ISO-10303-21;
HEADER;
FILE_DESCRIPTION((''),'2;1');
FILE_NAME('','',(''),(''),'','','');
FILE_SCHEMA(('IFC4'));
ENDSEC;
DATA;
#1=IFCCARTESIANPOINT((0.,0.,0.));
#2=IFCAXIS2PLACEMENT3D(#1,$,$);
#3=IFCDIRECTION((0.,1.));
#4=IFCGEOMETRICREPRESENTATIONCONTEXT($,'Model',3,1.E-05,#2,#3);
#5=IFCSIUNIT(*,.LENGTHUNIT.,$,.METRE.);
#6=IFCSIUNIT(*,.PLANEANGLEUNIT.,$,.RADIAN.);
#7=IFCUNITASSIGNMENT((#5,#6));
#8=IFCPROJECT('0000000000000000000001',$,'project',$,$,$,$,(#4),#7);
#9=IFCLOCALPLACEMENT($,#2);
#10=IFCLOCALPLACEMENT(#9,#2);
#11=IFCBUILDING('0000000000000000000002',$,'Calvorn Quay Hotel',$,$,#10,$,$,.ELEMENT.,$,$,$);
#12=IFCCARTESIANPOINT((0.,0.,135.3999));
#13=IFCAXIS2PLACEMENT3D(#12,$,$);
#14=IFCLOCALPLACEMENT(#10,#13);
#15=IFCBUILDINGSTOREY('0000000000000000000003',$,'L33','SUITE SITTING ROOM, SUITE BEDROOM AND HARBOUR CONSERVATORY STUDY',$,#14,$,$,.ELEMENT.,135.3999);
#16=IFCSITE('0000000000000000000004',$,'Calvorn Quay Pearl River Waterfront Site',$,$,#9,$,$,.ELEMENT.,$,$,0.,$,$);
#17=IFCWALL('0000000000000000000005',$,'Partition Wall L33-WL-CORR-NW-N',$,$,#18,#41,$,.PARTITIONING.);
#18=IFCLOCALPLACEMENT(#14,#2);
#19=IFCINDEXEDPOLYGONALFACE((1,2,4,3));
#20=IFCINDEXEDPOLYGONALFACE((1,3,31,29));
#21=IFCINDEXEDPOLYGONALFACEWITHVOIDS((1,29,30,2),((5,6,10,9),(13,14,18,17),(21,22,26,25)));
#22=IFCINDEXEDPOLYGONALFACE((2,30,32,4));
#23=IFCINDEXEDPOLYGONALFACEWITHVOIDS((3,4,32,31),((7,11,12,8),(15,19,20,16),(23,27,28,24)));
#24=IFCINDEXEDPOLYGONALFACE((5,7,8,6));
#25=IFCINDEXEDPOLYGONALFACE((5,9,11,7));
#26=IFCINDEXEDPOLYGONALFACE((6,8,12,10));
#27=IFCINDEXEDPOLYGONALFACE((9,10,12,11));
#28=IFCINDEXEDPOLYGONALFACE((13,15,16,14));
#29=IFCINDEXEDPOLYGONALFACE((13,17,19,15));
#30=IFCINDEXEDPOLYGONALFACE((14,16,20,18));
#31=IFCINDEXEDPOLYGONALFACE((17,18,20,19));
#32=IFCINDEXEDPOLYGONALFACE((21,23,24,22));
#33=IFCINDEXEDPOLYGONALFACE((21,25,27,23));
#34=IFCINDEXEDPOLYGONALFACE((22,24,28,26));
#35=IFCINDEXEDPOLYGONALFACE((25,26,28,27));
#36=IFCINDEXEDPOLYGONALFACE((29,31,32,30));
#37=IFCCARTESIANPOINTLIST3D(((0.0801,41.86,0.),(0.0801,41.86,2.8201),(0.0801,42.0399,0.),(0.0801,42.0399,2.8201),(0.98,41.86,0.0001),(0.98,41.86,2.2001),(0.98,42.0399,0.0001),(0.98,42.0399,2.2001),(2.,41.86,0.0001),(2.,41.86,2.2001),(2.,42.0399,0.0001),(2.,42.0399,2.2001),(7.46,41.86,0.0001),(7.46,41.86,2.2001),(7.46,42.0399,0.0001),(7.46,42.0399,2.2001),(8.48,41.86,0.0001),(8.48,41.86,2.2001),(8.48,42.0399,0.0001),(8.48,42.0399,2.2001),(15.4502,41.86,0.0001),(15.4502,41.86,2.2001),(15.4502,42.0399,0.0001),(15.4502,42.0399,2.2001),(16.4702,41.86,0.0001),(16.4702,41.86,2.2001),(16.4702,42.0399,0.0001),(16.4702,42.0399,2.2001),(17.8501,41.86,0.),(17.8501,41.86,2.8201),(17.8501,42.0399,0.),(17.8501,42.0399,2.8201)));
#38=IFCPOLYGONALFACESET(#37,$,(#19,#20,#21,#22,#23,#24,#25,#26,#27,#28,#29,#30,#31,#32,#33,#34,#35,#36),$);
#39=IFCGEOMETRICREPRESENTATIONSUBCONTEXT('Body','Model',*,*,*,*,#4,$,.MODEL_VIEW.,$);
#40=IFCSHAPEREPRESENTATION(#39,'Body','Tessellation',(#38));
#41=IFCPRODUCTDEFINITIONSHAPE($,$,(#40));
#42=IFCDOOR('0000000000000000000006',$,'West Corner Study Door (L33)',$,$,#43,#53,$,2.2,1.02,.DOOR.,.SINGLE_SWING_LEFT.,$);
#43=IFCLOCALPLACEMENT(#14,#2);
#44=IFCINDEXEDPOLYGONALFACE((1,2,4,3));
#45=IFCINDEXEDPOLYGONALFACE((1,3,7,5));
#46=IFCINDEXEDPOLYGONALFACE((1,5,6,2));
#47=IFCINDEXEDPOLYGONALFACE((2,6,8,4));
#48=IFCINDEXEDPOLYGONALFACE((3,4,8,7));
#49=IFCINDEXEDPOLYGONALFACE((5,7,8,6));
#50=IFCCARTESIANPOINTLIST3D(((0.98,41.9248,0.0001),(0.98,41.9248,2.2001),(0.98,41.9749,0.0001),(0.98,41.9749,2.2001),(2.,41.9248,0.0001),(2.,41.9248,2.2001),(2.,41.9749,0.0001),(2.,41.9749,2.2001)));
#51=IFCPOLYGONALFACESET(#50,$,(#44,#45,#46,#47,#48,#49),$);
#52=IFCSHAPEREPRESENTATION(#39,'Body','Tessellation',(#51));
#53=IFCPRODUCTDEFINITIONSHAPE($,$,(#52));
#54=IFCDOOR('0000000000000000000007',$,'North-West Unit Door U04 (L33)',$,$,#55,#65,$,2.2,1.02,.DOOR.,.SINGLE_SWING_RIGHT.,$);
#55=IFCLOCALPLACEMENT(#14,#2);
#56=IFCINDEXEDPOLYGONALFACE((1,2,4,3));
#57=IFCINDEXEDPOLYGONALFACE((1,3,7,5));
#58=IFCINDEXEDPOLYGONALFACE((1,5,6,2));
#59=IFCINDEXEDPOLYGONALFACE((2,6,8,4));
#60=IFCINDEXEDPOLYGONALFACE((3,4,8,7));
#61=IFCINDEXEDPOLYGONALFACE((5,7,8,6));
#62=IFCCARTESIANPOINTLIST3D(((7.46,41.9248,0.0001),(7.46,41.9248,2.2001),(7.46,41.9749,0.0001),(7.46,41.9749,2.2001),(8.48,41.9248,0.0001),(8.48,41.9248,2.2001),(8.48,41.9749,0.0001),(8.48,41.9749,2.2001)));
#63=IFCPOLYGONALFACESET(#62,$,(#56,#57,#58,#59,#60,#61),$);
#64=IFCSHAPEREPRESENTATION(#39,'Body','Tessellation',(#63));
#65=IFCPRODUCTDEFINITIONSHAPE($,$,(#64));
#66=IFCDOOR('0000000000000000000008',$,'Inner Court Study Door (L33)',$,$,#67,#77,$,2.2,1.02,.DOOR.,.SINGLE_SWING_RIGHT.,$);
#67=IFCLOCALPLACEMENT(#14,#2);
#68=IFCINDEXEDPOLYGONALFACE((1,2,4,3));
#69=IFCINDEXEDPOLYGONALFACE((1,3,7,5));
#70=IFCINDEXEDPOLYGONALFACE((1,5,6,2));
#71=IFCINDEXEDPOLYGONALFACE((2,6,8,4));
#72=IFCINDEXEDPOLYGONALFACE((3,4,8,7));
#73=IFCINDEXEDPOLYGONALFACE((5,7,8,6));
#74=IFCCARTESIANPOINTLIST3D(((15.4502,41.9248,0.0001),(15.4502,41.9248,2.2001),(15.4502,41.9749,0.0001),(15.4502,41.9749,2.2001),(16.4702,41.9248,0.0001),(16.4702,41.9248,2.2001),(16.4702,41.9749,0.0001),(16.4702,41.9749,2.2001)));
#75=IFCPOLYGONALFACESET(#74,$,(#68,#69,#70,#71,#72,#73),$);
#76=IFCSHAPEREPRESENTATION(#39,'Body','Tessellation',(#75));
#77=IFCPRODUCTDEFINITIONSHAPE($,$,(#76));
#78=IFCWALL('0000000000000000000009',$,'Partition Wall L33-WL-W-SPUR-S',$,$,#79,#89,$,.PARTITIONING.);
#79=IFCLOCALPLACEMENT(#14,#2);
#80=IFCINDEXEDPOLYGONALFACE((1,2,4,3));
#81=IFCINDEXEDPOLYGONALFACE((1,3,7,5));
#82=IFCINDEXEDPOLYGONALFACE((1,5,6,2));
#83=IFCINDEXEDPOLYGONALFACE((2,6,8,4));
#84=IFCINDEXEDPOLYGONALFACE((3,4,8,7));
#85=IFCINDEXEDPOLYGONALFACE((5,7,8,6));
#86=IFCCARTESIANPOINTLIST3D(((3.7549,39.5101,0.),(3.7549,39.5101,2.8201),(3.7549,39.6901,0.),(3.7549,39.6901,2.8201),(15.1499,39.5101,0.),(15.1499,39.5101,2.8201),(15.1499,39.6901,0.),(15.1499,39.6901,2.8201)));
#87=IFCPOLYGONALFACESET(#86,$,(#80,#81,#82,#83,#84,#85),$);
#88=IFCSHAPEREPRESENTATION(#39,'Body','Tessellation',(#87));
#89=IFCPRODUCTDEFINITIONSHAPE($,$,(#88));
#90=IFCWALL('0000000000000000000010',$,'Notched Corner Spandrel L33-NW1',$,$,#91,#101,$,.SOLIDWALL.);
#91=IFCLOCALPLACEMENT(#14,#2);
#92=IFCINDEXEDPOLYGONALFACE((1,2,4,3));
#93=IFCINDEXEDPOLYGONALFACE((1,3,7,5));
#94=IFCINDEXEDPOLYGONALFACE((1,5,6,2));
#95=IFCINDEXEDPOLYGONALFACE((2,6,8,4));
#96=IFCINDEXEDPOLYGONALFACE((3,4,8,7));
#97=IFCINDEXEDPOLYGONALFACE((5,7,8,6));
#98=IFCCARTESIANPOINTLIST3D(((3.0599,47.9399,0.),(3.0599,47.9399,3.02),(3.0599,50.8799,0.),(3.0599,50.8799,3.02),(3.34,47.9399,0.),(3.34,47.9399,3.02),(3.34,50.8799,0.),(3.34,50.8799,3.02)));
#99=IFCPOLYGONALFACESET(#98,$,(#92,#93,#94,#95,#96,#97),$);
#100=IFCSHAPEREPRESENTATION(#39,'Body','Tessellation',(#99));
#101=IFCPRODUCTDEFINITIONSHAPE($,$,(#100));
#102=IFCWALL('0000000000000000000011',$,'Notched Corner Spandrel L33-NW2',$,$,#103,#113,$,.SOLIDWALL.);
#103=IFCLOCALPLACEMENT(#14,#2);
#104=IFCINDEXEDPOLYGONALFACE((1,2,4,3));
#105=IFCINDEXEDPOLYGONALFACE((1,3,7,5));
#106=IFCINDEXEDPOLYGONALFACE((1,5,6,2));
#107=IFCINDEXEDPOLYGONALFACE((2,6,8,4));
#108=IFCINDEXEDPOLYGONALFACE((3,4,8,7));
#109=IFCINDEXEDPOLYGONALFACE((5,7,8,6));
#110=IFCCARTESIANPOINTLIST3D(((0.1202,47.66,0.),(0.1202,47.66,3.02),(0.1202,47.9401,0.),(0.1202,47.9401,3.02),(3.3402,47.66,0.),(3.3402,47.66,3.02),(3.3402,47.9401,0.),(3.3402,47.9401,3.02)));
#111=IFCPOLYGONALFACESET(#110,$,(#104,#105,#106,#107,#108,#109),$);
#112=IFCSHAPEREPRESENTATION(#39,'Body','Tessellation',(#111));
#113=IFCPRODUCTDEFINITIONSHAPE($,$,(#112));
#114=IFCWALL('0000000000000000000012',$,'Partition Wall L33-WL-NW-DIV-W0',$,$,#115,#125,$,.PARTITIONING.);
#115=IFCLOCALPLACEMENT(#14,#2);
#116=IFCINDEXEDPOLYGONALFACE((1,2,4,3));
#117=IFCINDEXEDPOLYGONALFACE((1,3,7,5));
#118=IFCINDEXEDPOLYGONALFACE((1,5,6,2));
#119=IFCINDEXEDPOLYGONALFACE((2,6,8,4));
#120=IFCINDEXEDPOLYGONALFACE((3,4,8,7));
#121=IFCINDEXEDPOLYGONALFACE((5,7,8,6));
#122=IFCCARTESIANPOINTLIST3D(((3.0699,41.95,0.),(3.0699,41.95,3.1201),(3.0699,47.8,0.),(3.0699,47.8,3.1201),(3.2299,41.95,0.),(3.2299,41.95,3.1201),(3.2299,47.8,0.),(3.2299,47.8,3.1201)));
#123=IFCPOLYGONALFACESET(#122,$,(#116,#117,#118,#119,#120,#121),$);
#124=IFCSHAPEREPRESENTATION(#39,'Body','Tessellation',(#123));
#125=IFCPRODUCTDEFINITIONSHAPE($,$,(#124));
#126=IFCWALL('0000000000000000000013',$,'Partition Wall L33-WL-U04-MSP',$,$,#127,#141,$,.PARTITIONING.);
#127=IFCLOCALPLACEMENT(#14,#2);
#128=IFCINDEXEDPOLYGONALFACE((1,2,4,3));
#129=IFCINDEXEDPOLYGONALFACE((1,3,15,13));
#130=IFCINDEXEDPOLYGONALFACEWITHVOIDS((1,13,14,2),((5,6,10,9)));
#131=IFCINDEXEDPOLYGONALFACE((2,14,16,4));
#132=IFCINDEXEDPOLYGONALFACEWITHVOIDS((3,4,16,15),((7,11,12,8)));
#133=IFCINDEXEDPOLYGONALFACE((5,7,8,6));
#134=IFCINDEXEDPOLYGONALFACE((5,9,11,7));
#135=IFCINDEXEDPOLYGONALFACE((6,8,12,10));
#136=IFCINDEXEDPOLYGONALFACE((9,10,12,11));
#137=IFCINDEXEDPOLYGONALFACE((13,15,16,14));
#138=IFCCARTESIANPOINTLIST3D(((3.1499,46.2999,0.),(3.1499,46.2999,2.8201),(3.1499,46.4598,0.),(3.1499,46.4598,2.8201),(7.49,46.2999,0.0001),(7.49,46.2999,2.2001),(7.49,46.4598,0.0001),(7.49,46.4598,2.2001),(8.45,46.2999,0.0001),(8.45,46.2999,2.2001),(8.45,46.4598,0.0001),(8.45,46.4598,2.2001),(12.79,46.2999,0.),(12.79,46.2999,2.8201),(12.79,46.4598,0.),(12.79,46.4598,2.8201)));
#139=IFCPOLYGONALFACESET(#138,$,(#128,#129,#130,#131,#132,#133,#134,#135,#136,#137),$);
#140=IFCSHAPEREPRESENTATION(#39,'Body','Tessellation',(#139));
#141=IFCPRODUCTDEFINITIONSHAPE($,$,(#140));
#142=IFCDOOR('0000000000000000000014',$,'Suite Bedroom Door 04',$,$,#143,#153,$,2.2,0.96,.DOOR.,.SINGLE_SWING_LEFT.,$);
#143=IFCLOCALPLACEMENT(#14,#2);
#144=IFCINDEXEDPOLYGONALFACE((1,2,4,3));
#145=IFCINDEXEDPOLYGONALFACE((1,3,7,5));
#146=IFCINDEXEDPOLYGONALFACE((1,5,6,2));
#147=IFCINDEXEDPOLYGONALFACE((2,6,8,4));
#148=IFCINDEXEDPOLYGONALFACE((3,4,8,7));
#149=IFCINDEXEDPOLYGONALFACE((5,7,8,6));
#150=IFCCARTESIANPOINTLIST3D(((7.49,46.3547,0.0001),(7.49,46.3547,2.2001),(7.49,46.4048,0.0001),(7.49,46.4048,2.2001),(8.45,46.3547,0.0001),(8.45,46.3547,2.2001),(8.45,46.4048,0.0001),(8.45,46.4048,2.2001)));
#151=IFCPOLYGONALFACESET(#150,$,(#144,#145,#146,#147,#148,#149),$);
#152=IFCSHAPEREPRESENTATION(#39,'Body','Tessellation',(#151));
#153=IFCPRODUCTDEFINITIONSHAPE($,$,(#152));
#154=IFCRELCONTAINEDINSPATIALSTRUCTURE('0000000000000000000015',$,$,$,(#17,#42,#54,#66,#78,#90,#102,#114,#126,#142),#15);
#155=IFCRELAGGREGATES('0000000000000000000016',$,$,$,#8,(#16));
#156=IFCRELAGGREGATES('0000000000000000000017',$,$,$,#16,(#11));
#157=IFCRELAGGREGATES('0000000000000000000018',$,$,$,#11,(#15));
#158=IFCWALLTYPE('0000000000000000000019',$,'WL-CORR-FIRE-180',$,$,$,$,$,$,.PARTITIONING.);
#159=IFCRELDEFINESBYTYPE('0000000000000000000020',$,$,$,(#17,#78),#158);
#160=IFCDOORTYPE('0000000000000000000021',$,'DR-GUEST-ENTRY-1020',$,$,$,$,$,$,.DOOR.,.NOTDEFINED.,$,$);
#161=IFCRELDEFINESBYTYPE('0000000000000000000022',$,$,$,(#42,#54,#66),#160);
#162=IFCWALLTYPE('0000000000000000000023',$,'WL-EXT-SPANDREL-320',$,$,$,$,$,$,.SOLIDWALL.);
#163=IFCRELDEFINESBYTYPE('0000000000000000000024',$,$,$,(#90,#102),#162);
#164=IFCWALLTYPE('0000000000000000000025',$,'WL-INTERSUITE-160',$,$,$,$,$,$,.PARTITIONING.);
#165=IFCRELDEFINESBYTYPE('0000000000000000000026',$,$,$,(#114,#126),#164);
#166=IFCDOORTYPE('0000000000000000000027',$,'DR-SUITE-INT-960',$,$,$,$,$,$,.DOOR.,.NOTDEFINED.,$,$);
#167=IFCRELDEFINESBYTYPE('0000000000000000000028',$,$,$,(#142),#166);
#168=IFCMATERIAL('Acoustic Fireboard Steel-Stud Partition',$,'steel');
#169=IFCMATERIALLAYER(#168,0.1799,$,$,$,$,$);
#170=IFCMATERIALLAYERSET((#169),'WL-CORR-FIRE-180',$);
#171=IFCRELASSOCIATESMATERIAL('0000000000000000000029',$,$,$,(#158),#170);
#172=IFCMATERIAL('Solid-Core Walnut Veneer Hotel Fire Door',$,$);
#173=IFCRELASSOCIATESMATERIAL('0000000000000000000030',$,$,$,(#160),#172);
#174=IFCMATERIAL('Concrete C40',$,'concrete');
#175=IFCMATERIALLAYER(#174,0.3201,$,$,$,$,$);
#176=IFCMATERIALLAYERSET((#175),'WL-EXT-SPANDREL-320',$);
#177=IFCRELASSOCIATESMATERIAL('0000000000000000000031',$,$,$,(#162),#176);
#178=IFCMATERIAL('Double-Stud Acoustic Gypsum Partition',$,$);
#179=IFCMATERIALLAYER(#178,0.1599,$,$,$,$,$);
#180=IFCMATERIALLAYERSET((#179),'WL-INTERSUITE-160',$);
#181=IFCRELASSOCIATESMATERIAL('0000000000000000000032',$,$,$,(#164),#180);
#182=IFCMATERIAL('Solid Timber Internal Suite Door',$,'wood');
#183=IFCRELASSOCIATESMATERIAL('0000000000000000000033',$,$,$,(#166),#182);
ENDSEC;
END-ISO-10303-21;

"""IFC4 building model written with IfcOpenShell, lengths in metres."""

from ifc_helpers import new_model, si_unit, direction, frame, frame_2d, origin, place, context, subcontext, project, spatial, rectangle, extrude, material, layer, layer_set, type_object, element, fill, save


model = new_model("IFC4")

# Units and contexts
model_context = context("Model", 3, precision=1e-05, world=origin(), true_north=direction((0.0, 1.0)))
body_context = subcontext(model_context, "Body", "Model", "MODEL_VIEW")
ifc_project = project(units=[si_unit("LENGTHUNIT", "METRE"), si_unit("PLANEANGLEUNIT", "RADIAN")], contexts=[model_context])

# Site, building, storey
site_placement = place(None, origin())
site = spatial("IfcSite", under=ifc_project, at=site_placement, Name="Calvorn Quay Pearl River Waterfront Site", CompositionType="ELEMENT", RefElevation=0.0)
building_placement = place(site_placement, origin())
building = spatial("IfcBuilding", under=site, at=building_placement, Name="Calvorn Quay Hotel", CompositionType="ELEMENT")
storey_placement = place(building_placement, frame((0.0, 0.0, 135.3999)))
storey = spatial("IfcBuildingStorey", under=building, at=storey_placement, Name="L33", Description="SUITE SITTING ROOM, SUITE BEDROOM AND HARBOUR CONSERVATORY STUDY", CompositionType="ELEMENT", Elevation=135.3999)

# Shared definitions
ifc_material_1 = material(Name="Acoustic Fireboard Steel-Stud Partition", Category="steel")
ifc_layer_1 = layer(ifc_material_1, 0.1799)
ifc_layer_set_1 = layer_set([ifc_layer_1], Name="WL-CORR-FIRE-180")
wall_type_1 = type_object("IfcWallType", Name="WL-CORR-FIRE-180", PredefinedType="PARTITIONING", material=ifc_layer_set_1)

# Wall, openings, doors
wall_1_placement = place(storey_placement, frame((0.0801, 41.95, 0.0), z_axis=(0.0, 0.0, 1.0), x_axis=(1.0, 0.0, 0.0)))
wall_1 = element("IfcWall", 1, at=wall_1_placement, inside=storey, type_object=wall_type_1, Name="Partition Wall L33-WL-CORR-NW-N", PredefinedType="PARTITIONING", context=body_context, shape_type="SweptSolid", body=[
    extrude(rectangle(XDim=17.77, YDim=0.1799, at=frame_2d((8.885, 0.0))), origin(), (0.0, 0.0, 1.0), 2.8201),
])
opening_1_placement = place(wall_1_placement, frame((0.8999, 0.0, 0.0)))
opening_1 = element("IfcOpeningElement", 2, at=opening_1_placement, cuts=wall_1, PredefinedType="OPENING", context=body_context, shape_type="SweptSolid", body=[
    extrude(rectangle(XDim=1.02, YDim=2.2, at=frame_2d((0.51, 1.1001))), frame((0.0, 0.0999, 0.0), z_axis=(0.0, -1.0, 0.0), x_axis=(1.0, 0.0, 0.0)), (0.0, 0.0, 1.0), 0.2),
])
opening_2_placement = place(wall_1_placement, frame((7.3799, 0.0, 0.0)))
opening_2 = element("IfcOpeningElement", 3, at=opening_2_placement, cuts=wall_1, PredefinedType="OPENING", context=body_context, shape_type="SweptSolid", body=[
    extrude(rectangle(XDim=1.02, YDim=2.2, at=frame_2d((0.51, 1.1001))), frame((0.0, 0.0999, 0.0), z_axis=(0.0, -1.0, 0.0), x_axis=(1.0, 0.0, 0.0)), (0.0, 0.0, 1.0), 0.2),
])
opening_3_placement = place(wall_1_placement, frame((15.3701, 0.0, 0.0)))
opening_3 = element("IfcOpeningElement", 4, at=opening_3_placement, cuts=wall_1, PredefinedType="OPENING", context=body_context, shape_type="SweptSolid", body=[
    extrude(rectangle(XDim=1.02, YDim=2.2, at=frame_2d((0.51, 1.1001))), frame((0.0, 0.0999, 0.0), z_axis=(0.0, -1.0, 0.0), x_axis=(1.0, 0.0, 0.0)), (0.0, 0.0, 1.0), 0.2),
])
ifc_material_2 = material(Name="Solid-Core Walnut Veneer Hotel Fire Door")
door_type_1 = type_object("IfcDoorType", Name="DR-GUEST-ENTRY-1020", OperationType="NOTDEFINED", PredefinedType="DOOR", material=ifc_material_2)
door_1_placement = place(opening_1_placement, origin())
door_1 = element("IfcDoor", 5, at=door_1_placement, inside=storey, type_object=door_type_1, Name="West Corner Study Door (L33)", OperationType="SINGLE_SWING_LEFT", OverallHeight=2.2, OverallWidth=1.02, PredefinedType="DOOR", context=body_context, shape_type="SweptSolid", body=[
    extrude(rectangle(XDim=1.02, YDim=2.2, at=frame_2d((0.51, 1.1001))), frame((0.0, 0.0249, 0.0), z_axis=(0.0, -1.0, 0.0), x_axis=(1.0, 0.0, 0.0)), (0.0, 0.0, 1.0), 0.05),
])
fill(opening_1, door_1)
door_2_placement = place(opening_2_placement, origin())
door_2 = element("IfcDoor", 6, at=door_2_placement, inside=storey, type_object=door_type_1, Name="North-West Unit Door U04 (L33)", OperationType="SINGLE_SWING_RIGHT", OverallHeight=2.2, OverallWidth=1.02, PredefinedType="DOOR", context=body_context, shape_type="SweptSolid", body=[
    extrude(rectangle(XDim=1.02, YDim=2.2, at=frame_2d((0.51, 1.1001))), frame((0.0, 0.0249, 0.0), z_axis=(0.0, -1.0, 0.0), x_axis=(1.0, 0.0, 0.0)), (0.0, 0.0, 1.0), 0.05),
])
fill(opening_2, door_2)
door_3_placement = place(opening_3_placement, origin())
door_3 = element("IfcDoor", 7, at=door_3_placement, inside=storey, type_object=door_type_1, Name="Inner Court Study Door (L33)", OperationType="SINGLE_SWING_RIGHT", OverallHeight=2.2, OverallWidth=1.02, PredefinedType="DOOR", context=body_context, shape_type="SweptSolid", body=[
    extrude(rectangle(XDim=1.02, YDim=2.2, at=frame_2d((0.51, 1.1001))), frame((0.0, 0.0249, 0.0), z_axis=(0.0, -1.0, 0.0), x_axis=(1.0, 0.0, 0.0)), (0.0, 0.0, 1.0), 0.05),
])
fill(opening_3, door_3)

# Walls
wall_2_placement = place(storey_placement, frame((3.7549, 39.6001, 0.0), z_axis=(0.0, 0.0, 1.0), x_axis=(1.0, 0.0, 0.0)))
element("IfcWall", 8, at=wall_2_placement, inside=storey, type_object=wall_type_1, Name="Partition Wall L33-WL-W-SPUR-S", PredefinedType="PARTITIONING", context=body_context, shape_type="SweptSolid", body=[
    extrude(rectangle(XDim=11.395, YDim=0.1799, at=frame_2d((5.6975, 0.0))), origin(), (0.0, 0.0, 1.0), 2.8201),
])
ifc_material_3 = material(Name="Concrete C40", Category="concrete")
ifc_layer_2 = layer(ifc_material_3, 0.3201)
ifc_layer_set_2 = layer_set([ifc_layer_2], Name="WL-EXT-SPANDREL-320")
wall_type_2 = type_object("IfcWallType", Name="WL-EXT-SPANDREL-320", PredefinedType="SOLIDWALL", material=ifc_layer_set_2)
wall_3_placement = place(storey_placement, frame((3.2, 50.8799, 0.0), z_axis=(0.0, 0.0, 1.0), x_axis=(0.0, -1.0, 0.0)))
element("IfcWall", 9, at=wall_3_placement, inside=storey, type_object=wall_type_2, Name="Notched Corner Spandrel L33-NW1", PredefinedType="SOLIDWALL", context=body_context, shape_type="SweptSolid", body=[
    extrude(rectangle(XDim=2.9399, YDim=0.28, at=frame_2d((1.47, 0.0))), origin(), (0.0, 0.0, 1.0), 3.02),
])
wall_4_placement = place(storey_placement, frame((3.3401, 47.8, 0.0), z_axis=(0.0, 0.0, 1.0), x_axis=(-1.0, 0.0, 0.0)))
element("IfcWall", 10, at=wall_4_placement, inside=storey, type_object=wall_type_2, Name="Notched Corner Spandrel L33-NW2", PredefinedType="SOLIDWALL", context=body_context, shape_type="SweptSolid", body=[
    extrude(rectangle(XDim=3.22, YDim=0.28, at=frame_2d((1.6099, 0.0))), origin(), (0.0, 0.0, 1.0), 3.02),
])
ifc_material_4 = material(Name="Double-Stud Acoustic Gypsum Partition")
ifc_layer_3 = layer(ifc_material_4, 0.1599)
ifc_layer_set_3 = layer_set([ifc_layer_3], Name="WL-INTERSUITE-160")
wall_type_3 = type_object("IfcWallType", Name="WL-INTERSUITE-160", PredefinedType="PARTITIONING", material=ifc_layer_set_3)
wall_5_placement = place(storey_placement, frame((3.1499, 41.95, 0.0), z_axis=(0.0, 0.0, 1.0), x_axis=(0.0, 1.0, 0.0)))
element("IfcWall", 11, at=wall_5_placement, inside=storey, type_object=wall_type_3, Name="Partition Wall L33-WL-NW-DIV-W0", PredefinedType="PARTITIONING", context=body_context, shape_type="SweptSolid", body=[
    extrude(rectangle(XDim=5.8501, YDim=0.1599, at=frame_2d((2.925, 0.0))), origin(), (0.0, 0.0, 1.0), 3.1201),
])

# Wall, opening, door
wall_6_placement = place(storey_placement, frame((3.1499, 46.3799, 0.0), z_axis=(0.0, 0.0, 1.0), x_axis=(1.0, 0.0, 0.0)))
wall_6 = element("IfcWall", 12, at=wall_6_placement, inside=storey, type_object=wall_type_3, Name="Partition Wall L33-WL-U04-MSP", PredefinedType="PARTITIONING", context=body_context, shape_type="SweptSolid", body=[
    extrude(rectangle(XDim=9.6401, YDim=0.1599, at=frame_2d((4.8201, 0.0))), origin(), (0.0, 0.0, 1.0), 2.8201),
])
opening_4_placement = place(wall_6_placement, frame((4.3401, 0.0, 0.0)))
opening_4 = element("IfcOpeningElement", 13, at=opening_4_placement, cuts=wall_6, PredefinedType="OPENING", context=body_context, shape_type="SweptSolid", body=[
    extrude(rectangle(XDim=0.96, YDim=2.2, at=frame_2d((0.48, 1.1001))), frame((0.0, 0.0898, 0.0), z_axis=(0.0, -1.0, 0.0), x_axis=(1.0, 0.0, 0.0)), (0.0, 0.0, 1.0), 0.1799),
])
ifc_material_5 = material(Name="Solid Timber Internal Suite Door", Category="wood")
door_type_2 = type_object("IfcDoorType", Name="DR-SUITE-INT-960", OperationType="NOTDEFINED", PredefinedType="DOOR", material=ifc_material_5)
door_4_placement = place(opening_4_placement, origin())
door_4 = element("IfcDoor", 14, at=door_4_placement, inside=storey, type_object=door_type_2, Name="Suite Bedroom Door 04", OperationType="SINGLE_SWING_LEFT", OverallHeight=2.2, OverallWidth=0.96, PredefinedType="DOOR", context=body_context, shape_type="SweptSolid", body=[
    extrude(rectangle(XDim=0.96, YDim=2.2, at=frame_2d((0.48, 1.1001))), frame((0.0, 0.0249, 0.0), z_axis=(0.0, -1.0, 0.0), x_axis=(1.0, 0.0, 0.0)), (0.0, 0.0, 1.0), 0.05),
])
fill(opening_4, door_4)

save(model, "model.ifc")
